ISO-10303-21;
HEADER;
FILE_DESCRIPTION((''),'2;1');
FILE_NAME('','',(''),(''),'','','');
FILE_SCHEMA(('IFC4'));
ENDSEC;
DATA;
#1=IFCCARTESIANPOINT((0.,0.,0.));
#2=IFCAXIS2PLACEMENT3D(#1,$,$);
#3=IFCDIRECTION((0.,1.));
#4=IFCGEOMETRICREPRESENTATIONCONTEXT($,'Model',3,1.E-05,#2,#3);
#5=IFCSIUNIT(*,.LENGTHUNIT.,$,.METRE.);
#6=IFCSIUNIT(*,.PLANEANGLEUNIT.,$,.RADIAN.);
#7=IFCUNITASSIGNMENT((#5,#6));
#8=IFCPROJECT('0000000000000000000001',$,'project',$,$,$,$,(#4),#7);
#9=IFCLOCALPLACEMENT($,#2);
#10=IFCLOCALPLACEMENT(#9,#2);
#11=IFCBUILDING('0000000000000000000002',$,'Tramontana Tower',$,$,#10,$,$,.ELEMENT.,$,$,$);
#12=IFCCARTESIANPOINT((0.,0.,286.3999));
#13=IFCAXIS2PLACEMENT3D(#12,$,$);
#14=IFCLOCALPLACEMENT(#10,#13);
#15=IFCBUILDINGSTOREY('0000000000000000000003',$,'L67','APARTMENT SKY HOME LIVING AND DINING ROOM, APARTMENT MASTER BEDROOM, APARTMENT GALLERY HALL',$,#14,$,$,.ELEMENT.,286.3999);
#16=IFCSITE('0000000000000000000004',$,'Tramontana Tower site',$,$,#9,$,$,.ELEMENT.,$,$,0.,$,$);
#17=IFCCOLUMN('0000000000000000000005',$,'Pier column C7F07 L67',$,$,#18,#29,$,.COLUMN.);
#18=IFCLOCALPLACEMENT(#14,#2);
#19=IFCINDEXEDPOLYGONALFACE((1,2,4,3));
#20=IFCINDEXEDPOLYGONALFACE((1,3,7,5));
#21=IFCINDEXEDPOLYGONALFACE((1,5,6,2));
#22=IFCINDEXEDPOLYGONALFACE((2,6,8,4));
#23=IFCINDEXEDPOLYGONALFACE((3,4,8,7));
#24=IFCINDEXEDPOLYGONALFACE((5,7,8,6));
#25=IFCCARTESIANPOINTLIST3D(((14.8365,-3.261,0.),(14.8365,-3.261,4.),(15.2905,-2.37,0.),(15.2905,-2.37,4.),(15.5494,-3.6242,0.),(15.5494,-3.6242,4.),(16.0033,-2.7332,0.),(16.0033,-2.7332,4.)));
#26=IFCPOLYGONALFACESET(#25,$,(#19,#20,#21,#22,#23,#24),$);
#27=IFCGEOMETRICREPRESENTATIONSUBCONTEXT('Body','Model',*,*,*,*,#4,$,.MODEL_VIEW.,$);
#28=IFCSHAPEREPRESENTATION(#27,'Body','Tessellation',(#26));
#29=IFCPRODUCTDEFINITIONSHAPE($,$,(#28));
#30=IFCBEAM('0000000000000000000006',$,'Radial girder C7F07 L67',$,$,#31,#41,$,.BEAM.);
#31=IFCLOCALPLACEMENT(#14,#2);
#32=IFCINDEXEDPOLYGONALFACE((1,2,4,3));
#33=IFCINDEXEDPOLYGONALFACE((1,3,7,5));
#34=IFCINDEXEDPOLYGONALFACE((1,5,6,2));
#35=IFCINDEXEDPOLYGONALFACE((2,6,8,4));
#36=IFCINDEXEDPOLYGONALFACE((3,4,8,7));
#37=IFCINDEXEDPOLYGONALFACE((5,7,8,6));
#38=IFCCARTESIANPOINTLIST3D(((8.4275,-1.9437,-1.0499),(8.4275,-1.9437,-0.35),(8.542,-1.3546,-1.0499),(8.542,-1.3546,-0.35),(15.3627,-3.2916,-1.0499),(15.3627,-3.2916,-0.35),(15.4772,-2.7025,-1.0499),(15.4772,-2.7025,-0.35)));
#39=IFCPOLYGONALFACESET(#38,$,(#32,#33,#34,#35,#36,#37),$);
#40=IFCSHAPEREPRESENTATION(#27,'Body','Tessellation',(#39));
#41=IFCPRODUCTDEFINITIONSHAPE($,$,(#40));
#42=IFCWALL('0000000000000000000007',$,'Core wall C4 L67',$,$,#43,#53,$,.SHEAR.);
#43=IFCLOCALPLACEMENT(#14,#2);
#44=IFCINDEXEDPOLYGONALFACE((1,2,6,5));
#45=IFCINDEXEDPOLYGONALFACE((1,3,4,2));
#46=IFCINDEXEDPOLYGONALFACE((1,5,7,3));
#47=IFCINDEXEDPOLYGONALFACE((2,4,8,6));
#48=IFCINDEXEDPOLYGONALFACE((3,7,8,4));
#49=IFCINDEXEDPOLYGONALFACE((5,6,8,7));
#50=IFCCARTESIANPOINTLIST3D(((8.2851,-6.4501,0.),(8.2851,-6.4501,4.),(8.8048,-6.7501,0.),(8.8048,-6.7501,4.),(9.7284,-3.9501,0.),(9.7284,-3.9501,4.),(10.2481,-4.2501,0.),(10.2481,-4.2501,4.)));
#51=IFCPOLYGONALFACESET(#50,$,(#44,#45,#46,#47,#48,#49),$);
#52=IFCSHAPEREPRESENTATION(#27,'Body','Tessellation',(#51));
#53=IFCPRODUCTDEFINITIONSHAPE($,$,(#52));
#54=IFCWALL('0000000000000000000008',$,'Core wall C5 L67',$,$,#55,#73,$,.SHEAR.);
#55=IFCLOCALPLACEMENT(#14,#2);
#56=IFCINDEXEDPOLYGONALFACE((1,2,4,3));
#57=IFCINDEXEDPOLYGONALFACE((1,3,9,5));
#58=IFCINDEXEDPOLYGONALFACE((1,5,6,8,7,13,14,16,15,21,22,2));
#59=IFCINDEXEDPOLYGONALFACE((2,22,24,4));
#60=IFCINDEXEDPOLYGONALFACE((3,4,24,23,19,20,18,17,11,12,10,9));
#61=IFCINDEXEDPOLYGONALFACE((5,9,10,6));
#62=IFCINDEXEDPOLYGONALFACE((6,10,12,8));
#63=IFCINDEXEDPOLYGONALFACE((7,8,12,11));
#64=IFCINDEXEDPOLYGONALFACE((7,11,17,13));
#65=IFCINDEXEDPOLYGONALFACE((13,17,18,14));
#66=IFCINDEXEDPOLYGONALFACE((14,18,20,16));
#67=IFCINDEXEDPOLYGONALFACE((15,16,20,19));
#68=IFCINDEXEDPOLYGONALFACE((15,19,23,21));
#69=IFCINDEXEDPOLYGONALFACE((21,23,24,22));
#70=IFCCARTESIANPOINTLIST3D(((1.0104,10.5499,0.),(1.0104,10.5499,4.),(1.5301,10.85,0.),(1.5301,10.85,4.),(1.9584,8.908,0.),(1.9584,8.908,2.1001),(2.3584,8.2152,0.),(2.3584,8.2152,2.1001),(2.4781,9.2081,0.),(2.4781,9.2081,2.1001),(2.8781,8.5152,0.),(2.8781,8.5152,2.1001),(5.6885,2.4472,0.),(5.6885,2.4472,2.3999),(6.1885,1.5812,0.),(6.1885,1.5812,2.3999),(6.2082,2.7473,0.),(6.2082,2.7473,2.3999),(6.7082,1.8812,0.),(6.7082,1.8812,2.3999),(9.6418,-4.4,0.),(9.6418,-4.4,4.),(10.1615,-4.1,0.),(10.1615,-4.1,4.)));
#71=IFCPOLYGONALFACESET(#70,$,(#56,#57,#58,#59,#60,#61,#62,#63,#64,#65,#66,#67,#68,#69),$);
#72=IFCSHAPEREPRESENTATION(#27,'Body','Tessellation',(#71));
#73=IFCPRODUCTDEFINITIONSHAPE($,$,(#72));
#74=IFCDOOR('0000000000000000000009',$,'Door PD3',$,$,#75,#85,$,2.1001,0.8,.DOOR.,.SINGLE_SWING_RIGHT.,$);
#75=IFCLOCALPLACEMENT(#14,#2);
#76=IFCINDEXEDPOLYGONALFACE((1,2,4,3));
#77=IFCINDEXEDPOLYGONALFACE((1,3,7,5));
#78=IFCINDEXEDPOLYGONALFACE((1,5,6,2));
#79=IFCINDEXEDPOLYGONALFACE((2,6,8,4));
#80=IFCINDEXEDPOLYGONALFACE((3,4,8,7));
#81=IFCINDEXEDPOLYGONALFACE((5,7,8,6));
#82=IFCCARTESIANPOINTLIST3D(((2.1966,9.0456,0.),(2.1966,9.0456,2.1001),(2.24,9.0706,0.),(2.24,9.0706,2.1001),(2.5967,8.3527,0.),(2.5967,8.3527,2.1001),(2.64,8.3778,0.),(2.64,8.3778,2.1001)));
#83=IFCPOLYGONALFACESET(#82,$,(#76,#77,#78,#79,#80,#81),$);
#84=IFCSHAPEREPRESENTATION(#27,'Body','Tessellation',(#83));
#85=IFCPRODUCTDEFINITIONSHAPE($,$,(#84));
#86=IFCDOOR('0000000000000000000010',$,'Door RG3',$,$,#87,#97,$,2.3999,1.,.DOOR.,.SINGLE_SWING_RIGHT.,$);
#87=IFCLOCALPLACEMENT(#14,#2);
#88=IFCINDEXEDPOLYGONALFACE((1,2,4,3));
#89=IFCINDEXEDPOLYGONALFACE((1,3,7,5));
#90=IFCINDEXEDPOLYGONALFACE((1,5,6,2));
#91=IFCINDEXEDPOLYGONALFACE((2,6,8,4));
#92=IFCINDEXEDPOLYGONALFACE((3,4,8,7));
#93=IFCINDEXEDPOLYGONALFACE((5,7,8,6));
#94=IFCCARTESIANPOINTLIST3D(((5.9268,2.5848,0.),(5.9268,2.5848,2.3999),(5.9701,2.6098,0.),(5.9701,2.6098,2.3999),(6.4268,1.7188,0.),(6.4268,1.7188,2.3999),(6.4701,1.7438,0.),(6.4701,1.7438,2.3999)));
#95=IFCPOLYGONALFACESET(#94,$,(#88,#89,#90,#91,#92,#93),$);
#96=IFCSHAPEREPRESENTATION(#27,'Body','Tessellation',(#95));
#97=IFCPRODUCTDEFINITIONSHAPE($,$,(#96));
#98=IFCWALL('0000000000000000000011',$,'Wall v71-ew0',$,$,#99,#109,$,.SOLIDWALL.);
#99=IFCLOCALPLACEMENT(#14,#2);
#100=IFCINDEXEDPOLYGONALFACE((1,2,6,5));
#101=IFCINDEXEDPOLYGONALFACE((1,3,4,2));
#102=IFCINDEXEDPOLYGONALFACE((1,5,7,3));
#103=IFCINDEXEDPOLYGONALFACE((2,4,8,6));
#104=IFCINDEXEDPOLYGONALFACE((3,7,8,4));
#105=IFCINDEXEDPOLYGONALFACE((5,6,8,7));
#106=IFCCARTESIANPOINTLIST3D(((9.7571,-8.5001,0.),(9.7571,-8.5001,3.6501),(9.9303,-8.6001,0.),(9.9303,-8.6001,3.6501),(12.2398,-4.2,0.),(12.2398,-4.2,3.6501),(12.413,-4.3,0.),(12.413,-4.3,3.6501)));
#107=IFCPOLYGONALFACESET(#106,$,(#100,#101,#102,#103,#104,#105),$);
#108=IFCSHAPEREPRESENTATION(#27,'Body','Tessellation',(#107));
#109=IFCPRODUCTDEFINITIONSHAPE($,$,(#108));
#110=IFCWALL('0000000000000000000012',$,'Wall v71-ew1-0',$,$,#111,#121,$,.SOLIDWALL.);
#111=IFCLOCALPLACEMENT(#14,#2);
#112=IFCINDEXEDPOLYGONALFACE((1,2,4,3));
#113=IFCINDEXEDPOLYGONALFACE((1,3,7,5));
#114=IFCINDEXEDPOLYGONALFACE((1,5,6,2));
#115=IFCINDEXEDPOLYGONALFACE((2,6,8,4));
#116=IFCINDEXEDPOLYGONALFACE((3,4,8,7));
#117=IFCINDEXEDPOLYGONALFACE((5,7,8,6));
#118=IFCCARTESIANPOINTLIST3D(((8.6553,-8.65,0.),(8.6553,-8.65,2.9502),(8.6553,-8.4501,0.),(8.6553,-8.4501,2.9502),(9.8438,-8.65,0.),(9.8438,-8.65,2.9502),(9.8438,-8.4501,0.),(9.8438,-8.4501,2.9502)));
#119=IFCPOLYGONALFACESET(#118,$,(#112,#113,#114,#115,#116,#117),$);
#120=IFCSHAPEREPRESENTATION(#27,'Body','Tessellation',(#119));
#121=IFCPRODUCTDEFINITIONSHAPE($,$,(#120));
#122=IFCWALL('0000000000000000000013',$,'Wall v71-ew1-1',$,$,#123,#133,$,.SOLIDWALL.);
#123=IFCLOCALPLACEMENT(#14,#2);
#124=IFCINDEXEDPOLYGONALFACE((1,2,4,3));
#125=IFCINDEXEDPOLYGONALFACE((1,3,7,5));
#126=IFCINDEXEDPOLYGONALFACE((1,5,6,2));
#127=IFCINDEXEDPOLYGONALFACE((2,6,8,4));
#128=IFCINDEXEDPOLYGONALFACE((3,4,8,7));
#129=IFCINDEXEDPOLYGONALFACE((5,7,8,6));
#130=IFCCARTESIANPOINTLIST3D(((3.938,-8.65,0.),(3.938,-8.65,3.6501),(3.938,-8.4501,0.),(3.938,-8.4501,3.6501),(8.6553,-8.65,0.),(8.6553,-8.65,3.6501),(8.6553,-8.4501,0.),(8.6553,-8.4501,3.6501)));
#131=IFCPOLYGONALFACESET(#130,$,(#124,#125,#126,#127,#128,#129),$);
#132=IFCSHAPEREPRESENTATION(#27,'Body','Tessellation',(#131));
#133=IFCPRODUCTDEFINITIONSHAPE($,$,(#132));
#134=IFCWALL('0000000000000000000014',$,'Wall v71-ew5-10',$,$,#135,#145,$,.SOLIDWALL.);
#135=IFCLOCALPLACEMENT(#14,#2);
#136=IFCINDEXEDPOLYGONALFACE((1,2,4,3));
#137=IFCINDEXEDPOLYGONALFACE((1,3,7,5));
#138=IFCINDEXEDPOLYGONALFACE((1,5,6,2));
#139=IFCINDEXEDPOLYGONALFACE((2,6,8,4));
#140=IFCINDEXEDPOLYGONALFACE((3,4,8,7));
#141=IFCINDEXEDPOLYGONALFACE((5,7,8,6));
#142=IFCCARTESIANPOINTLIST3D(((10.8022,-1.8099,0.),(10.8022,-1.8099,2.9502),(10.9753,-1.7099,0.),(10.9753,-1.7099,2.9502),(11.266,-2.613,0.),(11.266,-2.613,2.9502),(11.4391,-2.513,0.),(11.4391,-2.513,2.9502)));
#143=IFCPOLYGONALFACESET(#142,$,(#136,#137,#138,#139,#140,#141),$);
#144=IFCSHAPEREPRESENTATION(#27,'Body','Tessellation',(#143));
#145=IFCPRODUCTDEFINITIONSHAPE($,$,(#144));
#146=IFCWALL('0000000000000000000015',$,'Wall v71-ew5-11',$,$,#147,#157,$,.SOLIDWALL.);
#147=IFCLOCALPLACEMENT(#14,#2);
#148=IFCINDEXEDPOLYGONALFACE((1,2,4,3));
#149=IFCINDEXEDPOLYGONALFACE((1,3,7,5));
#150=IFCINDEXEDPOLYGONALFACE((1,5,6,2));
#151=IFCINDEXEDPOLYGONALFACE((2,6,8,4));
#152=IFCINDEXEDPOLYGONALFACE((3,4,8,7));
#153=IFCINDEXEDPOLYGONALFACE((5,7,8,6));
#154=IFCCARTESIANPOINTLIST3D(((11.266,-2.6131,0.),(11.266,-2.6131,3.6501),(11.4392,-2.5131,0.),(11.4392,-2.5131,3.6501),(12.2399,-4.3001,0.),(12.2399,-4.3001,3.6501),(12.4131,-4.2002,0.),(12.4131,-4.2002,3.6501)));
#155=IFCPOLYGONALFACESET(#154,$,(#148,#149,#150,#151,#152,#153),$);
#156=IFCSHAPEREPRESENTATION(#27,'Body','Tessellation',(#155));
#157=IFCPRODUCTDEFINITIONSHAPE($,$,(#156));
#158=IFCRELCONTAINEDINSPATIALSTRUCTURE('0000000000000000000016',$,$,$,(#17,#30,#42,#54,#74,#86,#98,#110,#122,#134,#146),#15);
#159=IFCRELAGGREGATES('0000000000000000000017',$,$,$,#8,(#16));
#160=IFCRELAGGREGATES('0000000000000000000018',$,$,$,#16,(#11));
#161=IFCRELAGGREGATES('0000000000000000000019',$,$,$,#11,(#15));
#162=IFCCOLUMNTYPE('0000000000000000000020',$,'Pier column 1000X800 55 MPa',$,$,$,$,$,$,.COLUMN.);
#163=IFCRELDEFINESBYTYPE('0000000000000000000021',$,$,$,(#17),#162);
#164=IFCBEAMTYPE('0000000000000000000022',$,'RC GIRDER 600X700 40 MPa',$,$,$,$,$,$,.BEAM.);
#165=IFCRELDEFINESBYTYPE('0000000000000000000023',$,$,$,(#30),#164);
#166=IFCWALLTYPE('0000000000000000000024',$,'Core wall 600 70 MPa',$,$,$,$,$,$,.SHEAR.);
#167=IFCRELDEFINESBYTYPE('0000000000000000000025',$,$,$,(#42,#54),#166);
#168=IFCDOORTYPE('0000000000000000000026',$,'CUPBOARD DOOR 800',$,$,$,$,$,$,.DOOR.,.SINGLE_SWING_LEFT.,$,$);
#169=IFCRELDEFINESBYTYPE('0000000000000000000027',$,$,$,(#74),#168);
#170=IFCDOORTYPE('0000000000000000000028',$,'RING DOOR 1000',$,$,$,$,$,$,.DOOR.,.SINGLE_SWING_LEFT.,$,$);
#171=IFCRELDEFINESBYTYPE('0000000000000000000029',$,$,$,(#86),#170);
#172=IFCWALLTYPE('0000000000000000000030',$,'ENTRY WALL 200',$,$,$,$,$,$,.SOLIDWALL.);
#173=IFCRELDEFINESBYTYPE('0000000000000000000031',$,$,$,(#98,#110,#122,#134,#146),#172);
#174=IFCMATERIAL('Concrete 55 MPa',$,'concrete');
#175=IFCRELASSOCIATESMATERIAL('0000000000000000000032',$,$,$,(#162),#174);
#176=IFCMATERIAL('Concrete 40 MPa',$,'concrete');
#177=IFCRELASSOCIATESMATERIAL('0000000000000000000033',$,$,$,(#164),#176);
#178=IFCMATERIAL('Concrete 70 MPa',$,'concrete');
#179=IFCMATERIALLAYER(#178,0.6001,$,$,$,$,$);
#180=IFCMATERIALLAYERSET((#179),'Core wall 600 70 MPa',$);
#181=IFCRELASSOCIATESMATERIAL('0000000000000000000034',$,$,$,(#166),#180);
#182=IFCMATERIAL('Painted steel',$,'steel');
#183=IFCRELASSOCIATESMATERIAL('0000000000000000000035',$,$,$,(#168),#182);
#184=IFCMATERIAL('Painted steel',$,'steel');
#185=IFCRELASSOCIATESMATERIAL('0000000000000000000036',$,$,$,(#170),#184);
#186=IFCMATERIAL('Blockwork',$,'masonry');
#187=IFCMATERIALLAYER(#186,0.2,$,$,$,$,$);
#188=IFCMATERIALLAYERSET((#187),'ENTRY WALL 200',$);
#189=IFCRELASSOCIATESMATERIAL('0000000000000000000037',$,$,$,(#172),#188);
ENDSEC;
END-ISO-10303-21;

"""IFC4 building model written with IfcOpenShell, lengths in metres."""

from ifc_helpers import new_model, si_unit, direction, frame, frame_2d, origin, origin_2d, place, context, subcontext, project, spatial, rectangle, extrude, material, layer, layer_set, material_profile, profile_set, type_object, element, fill, save


model = new_model("IFC4")

# Units and contexts
model_context = context("Model", 3, precision=1e-05, world=origin(), true_north=direction((0.0, 1.0)))
body_context = subcontext(model_context, "Body", "Model", "MODEL_VIEW")
ifc_project = project(units=[si_unit("LENGTHUNIT", "METRE"), si_unit("PLANEANGLEUNIT", "RADIAN")], contexts=[model_context])

# Site, building, storey
site_placement = place(None, origin())
site = spatial("IfcSite", under=ifc_project, at=site_placement, Name="Tramontana Tower site", CompositionType="ELEMENT", RefElevation=0.0)
building_placement = place(site_placement, origin())
building = spatial("IfcBuilding", under=site, at=building_placement, Name="Tramontana Tower", CompositionType="ELEMENT")
storey_placement = place(building_placement, frame((0.0, 0.0, 286.3999)))
storey = spatial("IfcBuildingStorey", under=building, at=storey_placement, Name="L67", Description="APARTMENT SKY HOME LIVING AND DINING ROOM, APARTMENT MASTER BEDROOM, APARTMENT GALLERY HALL", CompositionType="ELEMENT", Elevation=286.3999)

# Column
ifc_material_1 = material(Name="Concrete 55 MPa", Category="concrete")
ifc_material_profile_1 = material_profile(ifc_material_1, rectangle(XDim=1.0, YDim=0.8, at=origin_2d()), Name="Pier column 1000X800 55 MPa")
ifc_profile_set_1 = profile_set([ifc_material_profile_1], Name="Concrete 55 MPa")
column_type = type_object("IfcColumnType", Name="Pier column 1000X800 55 MPa", PredefinedType="COLUMN", material=ifc_profile_set_1)
column_placement = place(storey_placement, frame((15.4199, -2.9971, 0.0), z_axis=(0.0, 0.0, 1.0), x_axis=(0.45399, 0.891007, 0.0)))
element("IfcColumn", 1, at=column_placement, inside=storey, type_object=column_type, Name="Pier column C7F07 L67", PredefinedType="COLUMN", context=body_context, shape_type="SweptSolid", body=[
    extrude(rectangle(XDim=1.0, YDim=0.8, at=origin_2d()), origin(), (0.0, 0.0, 1.0), 4.0),
])

# Beam
ifc_material_2 = material(Name="Concrete 40 MPa", Category="concrete")
ifc_material_profile_2 = material_profile(ifc_material_2, rectangle(XDim=0.6001, YDim=0.7, at=origin_2d()), Name="RC GIRDER 600X700 40 MPa")
ifc_profile_set_2 = profile_set([ifc_material_profile_2], Name="Concrete 40 MPa")
beam_type = type_object("IfcBeamType", Name="RC GIRDER 600X700 40 MPa", PredefinedType="BEAM", material=ifc_profile_set_2)
beam_placement = place(storey_placement, frame((15.4199, -2.9971, -0.7), z_axis=(-0.981631, 0.19079, 0.0), x_axis=(-0.19079, -0.981631, 0.0)))
element("IfcBeam", 2, at=beam_placement, inside=storey, type_object=beam_type, Name="Radial girder C7F07 L67", PredefinedType="BEAM", context=body_context, shape_type="SweptSolid", body=[
    extrude(rectangle(XDim=0.6001, YDim=0.7, at=origin_2d()), origin(), (0.0, 0.0, 1.0), 7.0649),
])

# Wall
ifc_material_3 = material(Name="Concrete 70 MPa", Category="concrete")
ifc_layer_1 = layer(ifc_material_3, 0.6001)
ifc_layer_set_1 = layer_set([ifc_layer_1], Name="Core wall 600 70 MPa")
wall_type_1 = type_object("IfcWallType", Name="Core wall 600 70 MPa", PredefinedType="SHEAR", material=ifc_layer_set_1)
wall_1_placement = place(storey_placement, frame((8.5449, -6.6001, 0.0), z_axis=(0.0, 0.0, 1.0), x_axis=(0.499996, 0.866028, 0.0)))
element("IfcWall", 3, at=wall_1_placement, inside=storey, type_object=wall_type_1, Name="Core wall C4 L67", PredefinedType="SHEAR", context=body_context, shape_type="SweptSolid", body=[
    extrude(rectangle(XDim=2.8867, YDim=0.6001, at=frame_2d((1.4434, 0.0))), origin(), (0.0, 0.0, 1.0), 4.0),
])

# Wall, openings, doors
wall_2_placement = place(storey_placement, frame((9.9016, -4.25, 0.0), z_axis=(0.0, 0.0, 1.0), x_axis=(-0.5, 0.866026, 0.0)))
wall_2 = element("IfcWall", 4, at=wall_2_placement, inside=storey, type_object=wall_type_1, Name="Core wall C5 L67", PredefinedType="SHEAR", context=body_context, shape_type="SweptSolid", body=[
    extrude(rectangle(XDim=17.2627, YDim=0.6001, at=frame_2d((8.6313, 0.0))), origin(), (0.0, 0.0, 1.0), 4.0),
])
opening_1_placement = place(wall_2_placement, frame((6.9065, 0.0, 0.0)))
opening_1 = element("IfcOpeningElement", 5, at=opening_1_placement, cuts=wall_2, PredefinedType="OPENING", context=body_context, shape_type="SweptSolid", body=[
    extrude(rectangle(XDim=1.0, YDim=2.3999, at=frame_2d((0.5, 1.2))), frame((0.0, 0.3101, 0.0), z_axis=(0.0, -1.0, 0.0), x_axis=(1.0, 0.0, 0.0)), (0.0, 0.0, 1.0), 0.6201),
])
opening_2_placement = place(wall_2_placement, frame((14.5669, 0.0, 0.0)))
opening_2 = element("IfcOpeningElement", 6, at=opening_2_placement, cuts=wall_2, PredefinedType="OPENING", context=body_context, shape_type="SweptSolid", body=[
    extrude(rectangle(XDim=0.8, YDim=2.1001, at=frame_2d((0.3999, 1.05))), frame((0.0, 0.3101, 0.0), z_axis=(0.0, -1.0, 0.0), x_axis=(1.0, 0.0, 0.0)), (0.0, 0.0, 1.0), 0.6201),
])
ifc_material_4 = material(Name="Painted steel", Category="steel")
door_type_1 = type_object("IfcDoorType", Name="CUPBOARD DOOR 800", OperationType="SINGLE_SWING_LEFT", PredefinedType="DOOR", material=ifc_material_4)
door_1_placement = place(opening_2_placement, origin())
door_1 = element("IfcDoor", 7, at=door_1_placement, inside=storey, type_object=door_type_1, Name="Door PD3", OperationType="SINGLE_SWING_RIGHT", OverallHeight=2.1001, OverallWidth=0.8, PredefinedType="DOOR", context=body_context, shape_type="SweptSolid", body=[
    extrude(rectangle(XDim=0.8, YDim=2.1001, at=frame_2d((0.3999, 1.05))), frame((0.0, 0.0249, 0.0), z_axis=(0.0, -1.0, 0.0), x_axis=(1.0, 0.0, 0.0)), (0.0, 0.0, 1.0), 0.05),
])
fill(opening_2, door_1)
ifc_material_5 = material(Name="Painted steel", Category="steel")
door_type_2 = type_object("IfcDoorType", Name="RING DOOR 1000", OperationType="SINGLE_SWING_LEFT", PredefinedType="DOOR", material=ifc_material_5)
door_2_placement = place(opening_1_placement, origin())
door_2 = element("IfcDoor", 8, at=door_2_placement, inside=storey, type_object=door_type_2, Name="Door RG3", OperationType="SINGLE_SWING_RIGHT", OverallHeight=2.3999, OverallWidth=1.0, PredefinedType="DOOR", context=body_context, shape_type="SweptSolid", body=[
    extrude(rectangle(XDim=1.0, YDim=2.3999, at=frame_2d((0.5, 1.2))), frame((0.0, 0.0249, 0.0), z_axis=(0.0, -1.0, 0.0), x_axis=(1.0, 0.0, 0.0)), (0.0, 0.0, 1.0), 0.05),
])
fill(opening_1, door_2)

# Walls
ifc_material_6 = material(Name="Blockwork", Category="masonry")
ifc_layer_2 = layer(ifc_material_6, 0.2)
ifc_layer_set_2 = layer_set([ifc_layer_2], Name="ENTRY WALL 200")
wall_type_2 = type_object("IfcWallType", Name="ENTRY WALL 200", PredefinedType="SOLIDWALL", material=ifc_layer_set_2)
wall_3_placement = place(storey_placement, frame((12.3264, -4.25, 0.0), z_axis=(0.0, 0.0, 1.0), x_axis=(-0.500005, -0.866023, 0.0)))
element("IfcWall", 9, at=wall_3_placement, inside=storey, type_object=wall_type_2, Name="Wall v71-ew0", PredefinedType="SOLIDWALL", context=body_context, shape_type="SweptSolid", body=[
    extrude(rectangle(XDim=4.9653, YDim=0.2, at=frame_2d((2.4827, 0.0))), origin(), (0.0, 0.0, 1.0), 3.6501),
])
wall_4_placement = place(storey_placement, frame((9.8438, -8.55, 0.0), z_axis=(0.0, 0.0, 1.0), x_axis=(-1.0, 0.0, 0.0)))
element("IfcWall", 10, at=wall_4_placement, inside=storey, type_object=wall_type_2, Name="Wall v71-ew1-0", PredefinedType="SOLIDWALL", context=body_context, shape_type="SweptSolid", body=[
    extrude(rectangle(XDim=1.1885, YDim=0.2, at=frame_2d((0.5942, 0.0))), origin(), (0.0, 0.0, 1.0), 2.9502),
])
wall_5_placement = place(storey_placement, frame((8.6553, -8.55, 0.0), z_axis=(0.0, 0.0, 1.0), x_axis=(-1.0, 0.0, 0.0)))
element("IfcWall", 11, at=wall_5_placement, inside=storey, type_object=wall_type_2, Name="Wall v71-ew1-1", PredefinedType="SOLIDWALL", context=body_context, shape_type="SweptSolid", body=[
    extrude(rectangle(XDim=4.7173, YDim=0.2, at=frame_2d((2.3586, 0.0))), origin(), (0.0, 0.0, 1.0), 3.6501),
])
wall_6_placement = place(storey_placement, frame((10.8887, -1.7598, 0.0), z_axis=(0.0, 0.0, 1.0), x_axis=(0.500102, -0.865966, 0.0)))
element("IfcWall", 12, at=wall_6_placement, inside=storey, type_object=wall_type_2, Name="Wall v71-ew5-10", PredefinedType="SOLIDWALL", context=body_context, shape_type="SweptSolid", body=[
    extrude(rectangle(XDim=0.9275, YDim=0.2, at=frame_2d((0.4639, 0.0))), origin(), (0.0, 0.0, 1.0), 2.9502),
])
wall_7_placement = place(storey_placement, frame((11.3525, -2.563, 0.0), z_axis=(0.0, 0.0, 1.0), x_axis=(0.499954, -0.866052, 0.0)))
element("IfcWall", 13, at=wall_7_placement, inside=storey, type_object=wall_type_2, Name="Wall v71-ew5-11", PredefinedType="SOLIDWALL", context=body_context, shape_type="SweptSolid", body=[
    extrude(rectangle(XDim=1.948, YDim=0.2, at=frame_2d((0.9741, 0.0))), origin(), (0.0, 0.0, 1.0), 3.6501),
])

save(model, "model.ifc")
